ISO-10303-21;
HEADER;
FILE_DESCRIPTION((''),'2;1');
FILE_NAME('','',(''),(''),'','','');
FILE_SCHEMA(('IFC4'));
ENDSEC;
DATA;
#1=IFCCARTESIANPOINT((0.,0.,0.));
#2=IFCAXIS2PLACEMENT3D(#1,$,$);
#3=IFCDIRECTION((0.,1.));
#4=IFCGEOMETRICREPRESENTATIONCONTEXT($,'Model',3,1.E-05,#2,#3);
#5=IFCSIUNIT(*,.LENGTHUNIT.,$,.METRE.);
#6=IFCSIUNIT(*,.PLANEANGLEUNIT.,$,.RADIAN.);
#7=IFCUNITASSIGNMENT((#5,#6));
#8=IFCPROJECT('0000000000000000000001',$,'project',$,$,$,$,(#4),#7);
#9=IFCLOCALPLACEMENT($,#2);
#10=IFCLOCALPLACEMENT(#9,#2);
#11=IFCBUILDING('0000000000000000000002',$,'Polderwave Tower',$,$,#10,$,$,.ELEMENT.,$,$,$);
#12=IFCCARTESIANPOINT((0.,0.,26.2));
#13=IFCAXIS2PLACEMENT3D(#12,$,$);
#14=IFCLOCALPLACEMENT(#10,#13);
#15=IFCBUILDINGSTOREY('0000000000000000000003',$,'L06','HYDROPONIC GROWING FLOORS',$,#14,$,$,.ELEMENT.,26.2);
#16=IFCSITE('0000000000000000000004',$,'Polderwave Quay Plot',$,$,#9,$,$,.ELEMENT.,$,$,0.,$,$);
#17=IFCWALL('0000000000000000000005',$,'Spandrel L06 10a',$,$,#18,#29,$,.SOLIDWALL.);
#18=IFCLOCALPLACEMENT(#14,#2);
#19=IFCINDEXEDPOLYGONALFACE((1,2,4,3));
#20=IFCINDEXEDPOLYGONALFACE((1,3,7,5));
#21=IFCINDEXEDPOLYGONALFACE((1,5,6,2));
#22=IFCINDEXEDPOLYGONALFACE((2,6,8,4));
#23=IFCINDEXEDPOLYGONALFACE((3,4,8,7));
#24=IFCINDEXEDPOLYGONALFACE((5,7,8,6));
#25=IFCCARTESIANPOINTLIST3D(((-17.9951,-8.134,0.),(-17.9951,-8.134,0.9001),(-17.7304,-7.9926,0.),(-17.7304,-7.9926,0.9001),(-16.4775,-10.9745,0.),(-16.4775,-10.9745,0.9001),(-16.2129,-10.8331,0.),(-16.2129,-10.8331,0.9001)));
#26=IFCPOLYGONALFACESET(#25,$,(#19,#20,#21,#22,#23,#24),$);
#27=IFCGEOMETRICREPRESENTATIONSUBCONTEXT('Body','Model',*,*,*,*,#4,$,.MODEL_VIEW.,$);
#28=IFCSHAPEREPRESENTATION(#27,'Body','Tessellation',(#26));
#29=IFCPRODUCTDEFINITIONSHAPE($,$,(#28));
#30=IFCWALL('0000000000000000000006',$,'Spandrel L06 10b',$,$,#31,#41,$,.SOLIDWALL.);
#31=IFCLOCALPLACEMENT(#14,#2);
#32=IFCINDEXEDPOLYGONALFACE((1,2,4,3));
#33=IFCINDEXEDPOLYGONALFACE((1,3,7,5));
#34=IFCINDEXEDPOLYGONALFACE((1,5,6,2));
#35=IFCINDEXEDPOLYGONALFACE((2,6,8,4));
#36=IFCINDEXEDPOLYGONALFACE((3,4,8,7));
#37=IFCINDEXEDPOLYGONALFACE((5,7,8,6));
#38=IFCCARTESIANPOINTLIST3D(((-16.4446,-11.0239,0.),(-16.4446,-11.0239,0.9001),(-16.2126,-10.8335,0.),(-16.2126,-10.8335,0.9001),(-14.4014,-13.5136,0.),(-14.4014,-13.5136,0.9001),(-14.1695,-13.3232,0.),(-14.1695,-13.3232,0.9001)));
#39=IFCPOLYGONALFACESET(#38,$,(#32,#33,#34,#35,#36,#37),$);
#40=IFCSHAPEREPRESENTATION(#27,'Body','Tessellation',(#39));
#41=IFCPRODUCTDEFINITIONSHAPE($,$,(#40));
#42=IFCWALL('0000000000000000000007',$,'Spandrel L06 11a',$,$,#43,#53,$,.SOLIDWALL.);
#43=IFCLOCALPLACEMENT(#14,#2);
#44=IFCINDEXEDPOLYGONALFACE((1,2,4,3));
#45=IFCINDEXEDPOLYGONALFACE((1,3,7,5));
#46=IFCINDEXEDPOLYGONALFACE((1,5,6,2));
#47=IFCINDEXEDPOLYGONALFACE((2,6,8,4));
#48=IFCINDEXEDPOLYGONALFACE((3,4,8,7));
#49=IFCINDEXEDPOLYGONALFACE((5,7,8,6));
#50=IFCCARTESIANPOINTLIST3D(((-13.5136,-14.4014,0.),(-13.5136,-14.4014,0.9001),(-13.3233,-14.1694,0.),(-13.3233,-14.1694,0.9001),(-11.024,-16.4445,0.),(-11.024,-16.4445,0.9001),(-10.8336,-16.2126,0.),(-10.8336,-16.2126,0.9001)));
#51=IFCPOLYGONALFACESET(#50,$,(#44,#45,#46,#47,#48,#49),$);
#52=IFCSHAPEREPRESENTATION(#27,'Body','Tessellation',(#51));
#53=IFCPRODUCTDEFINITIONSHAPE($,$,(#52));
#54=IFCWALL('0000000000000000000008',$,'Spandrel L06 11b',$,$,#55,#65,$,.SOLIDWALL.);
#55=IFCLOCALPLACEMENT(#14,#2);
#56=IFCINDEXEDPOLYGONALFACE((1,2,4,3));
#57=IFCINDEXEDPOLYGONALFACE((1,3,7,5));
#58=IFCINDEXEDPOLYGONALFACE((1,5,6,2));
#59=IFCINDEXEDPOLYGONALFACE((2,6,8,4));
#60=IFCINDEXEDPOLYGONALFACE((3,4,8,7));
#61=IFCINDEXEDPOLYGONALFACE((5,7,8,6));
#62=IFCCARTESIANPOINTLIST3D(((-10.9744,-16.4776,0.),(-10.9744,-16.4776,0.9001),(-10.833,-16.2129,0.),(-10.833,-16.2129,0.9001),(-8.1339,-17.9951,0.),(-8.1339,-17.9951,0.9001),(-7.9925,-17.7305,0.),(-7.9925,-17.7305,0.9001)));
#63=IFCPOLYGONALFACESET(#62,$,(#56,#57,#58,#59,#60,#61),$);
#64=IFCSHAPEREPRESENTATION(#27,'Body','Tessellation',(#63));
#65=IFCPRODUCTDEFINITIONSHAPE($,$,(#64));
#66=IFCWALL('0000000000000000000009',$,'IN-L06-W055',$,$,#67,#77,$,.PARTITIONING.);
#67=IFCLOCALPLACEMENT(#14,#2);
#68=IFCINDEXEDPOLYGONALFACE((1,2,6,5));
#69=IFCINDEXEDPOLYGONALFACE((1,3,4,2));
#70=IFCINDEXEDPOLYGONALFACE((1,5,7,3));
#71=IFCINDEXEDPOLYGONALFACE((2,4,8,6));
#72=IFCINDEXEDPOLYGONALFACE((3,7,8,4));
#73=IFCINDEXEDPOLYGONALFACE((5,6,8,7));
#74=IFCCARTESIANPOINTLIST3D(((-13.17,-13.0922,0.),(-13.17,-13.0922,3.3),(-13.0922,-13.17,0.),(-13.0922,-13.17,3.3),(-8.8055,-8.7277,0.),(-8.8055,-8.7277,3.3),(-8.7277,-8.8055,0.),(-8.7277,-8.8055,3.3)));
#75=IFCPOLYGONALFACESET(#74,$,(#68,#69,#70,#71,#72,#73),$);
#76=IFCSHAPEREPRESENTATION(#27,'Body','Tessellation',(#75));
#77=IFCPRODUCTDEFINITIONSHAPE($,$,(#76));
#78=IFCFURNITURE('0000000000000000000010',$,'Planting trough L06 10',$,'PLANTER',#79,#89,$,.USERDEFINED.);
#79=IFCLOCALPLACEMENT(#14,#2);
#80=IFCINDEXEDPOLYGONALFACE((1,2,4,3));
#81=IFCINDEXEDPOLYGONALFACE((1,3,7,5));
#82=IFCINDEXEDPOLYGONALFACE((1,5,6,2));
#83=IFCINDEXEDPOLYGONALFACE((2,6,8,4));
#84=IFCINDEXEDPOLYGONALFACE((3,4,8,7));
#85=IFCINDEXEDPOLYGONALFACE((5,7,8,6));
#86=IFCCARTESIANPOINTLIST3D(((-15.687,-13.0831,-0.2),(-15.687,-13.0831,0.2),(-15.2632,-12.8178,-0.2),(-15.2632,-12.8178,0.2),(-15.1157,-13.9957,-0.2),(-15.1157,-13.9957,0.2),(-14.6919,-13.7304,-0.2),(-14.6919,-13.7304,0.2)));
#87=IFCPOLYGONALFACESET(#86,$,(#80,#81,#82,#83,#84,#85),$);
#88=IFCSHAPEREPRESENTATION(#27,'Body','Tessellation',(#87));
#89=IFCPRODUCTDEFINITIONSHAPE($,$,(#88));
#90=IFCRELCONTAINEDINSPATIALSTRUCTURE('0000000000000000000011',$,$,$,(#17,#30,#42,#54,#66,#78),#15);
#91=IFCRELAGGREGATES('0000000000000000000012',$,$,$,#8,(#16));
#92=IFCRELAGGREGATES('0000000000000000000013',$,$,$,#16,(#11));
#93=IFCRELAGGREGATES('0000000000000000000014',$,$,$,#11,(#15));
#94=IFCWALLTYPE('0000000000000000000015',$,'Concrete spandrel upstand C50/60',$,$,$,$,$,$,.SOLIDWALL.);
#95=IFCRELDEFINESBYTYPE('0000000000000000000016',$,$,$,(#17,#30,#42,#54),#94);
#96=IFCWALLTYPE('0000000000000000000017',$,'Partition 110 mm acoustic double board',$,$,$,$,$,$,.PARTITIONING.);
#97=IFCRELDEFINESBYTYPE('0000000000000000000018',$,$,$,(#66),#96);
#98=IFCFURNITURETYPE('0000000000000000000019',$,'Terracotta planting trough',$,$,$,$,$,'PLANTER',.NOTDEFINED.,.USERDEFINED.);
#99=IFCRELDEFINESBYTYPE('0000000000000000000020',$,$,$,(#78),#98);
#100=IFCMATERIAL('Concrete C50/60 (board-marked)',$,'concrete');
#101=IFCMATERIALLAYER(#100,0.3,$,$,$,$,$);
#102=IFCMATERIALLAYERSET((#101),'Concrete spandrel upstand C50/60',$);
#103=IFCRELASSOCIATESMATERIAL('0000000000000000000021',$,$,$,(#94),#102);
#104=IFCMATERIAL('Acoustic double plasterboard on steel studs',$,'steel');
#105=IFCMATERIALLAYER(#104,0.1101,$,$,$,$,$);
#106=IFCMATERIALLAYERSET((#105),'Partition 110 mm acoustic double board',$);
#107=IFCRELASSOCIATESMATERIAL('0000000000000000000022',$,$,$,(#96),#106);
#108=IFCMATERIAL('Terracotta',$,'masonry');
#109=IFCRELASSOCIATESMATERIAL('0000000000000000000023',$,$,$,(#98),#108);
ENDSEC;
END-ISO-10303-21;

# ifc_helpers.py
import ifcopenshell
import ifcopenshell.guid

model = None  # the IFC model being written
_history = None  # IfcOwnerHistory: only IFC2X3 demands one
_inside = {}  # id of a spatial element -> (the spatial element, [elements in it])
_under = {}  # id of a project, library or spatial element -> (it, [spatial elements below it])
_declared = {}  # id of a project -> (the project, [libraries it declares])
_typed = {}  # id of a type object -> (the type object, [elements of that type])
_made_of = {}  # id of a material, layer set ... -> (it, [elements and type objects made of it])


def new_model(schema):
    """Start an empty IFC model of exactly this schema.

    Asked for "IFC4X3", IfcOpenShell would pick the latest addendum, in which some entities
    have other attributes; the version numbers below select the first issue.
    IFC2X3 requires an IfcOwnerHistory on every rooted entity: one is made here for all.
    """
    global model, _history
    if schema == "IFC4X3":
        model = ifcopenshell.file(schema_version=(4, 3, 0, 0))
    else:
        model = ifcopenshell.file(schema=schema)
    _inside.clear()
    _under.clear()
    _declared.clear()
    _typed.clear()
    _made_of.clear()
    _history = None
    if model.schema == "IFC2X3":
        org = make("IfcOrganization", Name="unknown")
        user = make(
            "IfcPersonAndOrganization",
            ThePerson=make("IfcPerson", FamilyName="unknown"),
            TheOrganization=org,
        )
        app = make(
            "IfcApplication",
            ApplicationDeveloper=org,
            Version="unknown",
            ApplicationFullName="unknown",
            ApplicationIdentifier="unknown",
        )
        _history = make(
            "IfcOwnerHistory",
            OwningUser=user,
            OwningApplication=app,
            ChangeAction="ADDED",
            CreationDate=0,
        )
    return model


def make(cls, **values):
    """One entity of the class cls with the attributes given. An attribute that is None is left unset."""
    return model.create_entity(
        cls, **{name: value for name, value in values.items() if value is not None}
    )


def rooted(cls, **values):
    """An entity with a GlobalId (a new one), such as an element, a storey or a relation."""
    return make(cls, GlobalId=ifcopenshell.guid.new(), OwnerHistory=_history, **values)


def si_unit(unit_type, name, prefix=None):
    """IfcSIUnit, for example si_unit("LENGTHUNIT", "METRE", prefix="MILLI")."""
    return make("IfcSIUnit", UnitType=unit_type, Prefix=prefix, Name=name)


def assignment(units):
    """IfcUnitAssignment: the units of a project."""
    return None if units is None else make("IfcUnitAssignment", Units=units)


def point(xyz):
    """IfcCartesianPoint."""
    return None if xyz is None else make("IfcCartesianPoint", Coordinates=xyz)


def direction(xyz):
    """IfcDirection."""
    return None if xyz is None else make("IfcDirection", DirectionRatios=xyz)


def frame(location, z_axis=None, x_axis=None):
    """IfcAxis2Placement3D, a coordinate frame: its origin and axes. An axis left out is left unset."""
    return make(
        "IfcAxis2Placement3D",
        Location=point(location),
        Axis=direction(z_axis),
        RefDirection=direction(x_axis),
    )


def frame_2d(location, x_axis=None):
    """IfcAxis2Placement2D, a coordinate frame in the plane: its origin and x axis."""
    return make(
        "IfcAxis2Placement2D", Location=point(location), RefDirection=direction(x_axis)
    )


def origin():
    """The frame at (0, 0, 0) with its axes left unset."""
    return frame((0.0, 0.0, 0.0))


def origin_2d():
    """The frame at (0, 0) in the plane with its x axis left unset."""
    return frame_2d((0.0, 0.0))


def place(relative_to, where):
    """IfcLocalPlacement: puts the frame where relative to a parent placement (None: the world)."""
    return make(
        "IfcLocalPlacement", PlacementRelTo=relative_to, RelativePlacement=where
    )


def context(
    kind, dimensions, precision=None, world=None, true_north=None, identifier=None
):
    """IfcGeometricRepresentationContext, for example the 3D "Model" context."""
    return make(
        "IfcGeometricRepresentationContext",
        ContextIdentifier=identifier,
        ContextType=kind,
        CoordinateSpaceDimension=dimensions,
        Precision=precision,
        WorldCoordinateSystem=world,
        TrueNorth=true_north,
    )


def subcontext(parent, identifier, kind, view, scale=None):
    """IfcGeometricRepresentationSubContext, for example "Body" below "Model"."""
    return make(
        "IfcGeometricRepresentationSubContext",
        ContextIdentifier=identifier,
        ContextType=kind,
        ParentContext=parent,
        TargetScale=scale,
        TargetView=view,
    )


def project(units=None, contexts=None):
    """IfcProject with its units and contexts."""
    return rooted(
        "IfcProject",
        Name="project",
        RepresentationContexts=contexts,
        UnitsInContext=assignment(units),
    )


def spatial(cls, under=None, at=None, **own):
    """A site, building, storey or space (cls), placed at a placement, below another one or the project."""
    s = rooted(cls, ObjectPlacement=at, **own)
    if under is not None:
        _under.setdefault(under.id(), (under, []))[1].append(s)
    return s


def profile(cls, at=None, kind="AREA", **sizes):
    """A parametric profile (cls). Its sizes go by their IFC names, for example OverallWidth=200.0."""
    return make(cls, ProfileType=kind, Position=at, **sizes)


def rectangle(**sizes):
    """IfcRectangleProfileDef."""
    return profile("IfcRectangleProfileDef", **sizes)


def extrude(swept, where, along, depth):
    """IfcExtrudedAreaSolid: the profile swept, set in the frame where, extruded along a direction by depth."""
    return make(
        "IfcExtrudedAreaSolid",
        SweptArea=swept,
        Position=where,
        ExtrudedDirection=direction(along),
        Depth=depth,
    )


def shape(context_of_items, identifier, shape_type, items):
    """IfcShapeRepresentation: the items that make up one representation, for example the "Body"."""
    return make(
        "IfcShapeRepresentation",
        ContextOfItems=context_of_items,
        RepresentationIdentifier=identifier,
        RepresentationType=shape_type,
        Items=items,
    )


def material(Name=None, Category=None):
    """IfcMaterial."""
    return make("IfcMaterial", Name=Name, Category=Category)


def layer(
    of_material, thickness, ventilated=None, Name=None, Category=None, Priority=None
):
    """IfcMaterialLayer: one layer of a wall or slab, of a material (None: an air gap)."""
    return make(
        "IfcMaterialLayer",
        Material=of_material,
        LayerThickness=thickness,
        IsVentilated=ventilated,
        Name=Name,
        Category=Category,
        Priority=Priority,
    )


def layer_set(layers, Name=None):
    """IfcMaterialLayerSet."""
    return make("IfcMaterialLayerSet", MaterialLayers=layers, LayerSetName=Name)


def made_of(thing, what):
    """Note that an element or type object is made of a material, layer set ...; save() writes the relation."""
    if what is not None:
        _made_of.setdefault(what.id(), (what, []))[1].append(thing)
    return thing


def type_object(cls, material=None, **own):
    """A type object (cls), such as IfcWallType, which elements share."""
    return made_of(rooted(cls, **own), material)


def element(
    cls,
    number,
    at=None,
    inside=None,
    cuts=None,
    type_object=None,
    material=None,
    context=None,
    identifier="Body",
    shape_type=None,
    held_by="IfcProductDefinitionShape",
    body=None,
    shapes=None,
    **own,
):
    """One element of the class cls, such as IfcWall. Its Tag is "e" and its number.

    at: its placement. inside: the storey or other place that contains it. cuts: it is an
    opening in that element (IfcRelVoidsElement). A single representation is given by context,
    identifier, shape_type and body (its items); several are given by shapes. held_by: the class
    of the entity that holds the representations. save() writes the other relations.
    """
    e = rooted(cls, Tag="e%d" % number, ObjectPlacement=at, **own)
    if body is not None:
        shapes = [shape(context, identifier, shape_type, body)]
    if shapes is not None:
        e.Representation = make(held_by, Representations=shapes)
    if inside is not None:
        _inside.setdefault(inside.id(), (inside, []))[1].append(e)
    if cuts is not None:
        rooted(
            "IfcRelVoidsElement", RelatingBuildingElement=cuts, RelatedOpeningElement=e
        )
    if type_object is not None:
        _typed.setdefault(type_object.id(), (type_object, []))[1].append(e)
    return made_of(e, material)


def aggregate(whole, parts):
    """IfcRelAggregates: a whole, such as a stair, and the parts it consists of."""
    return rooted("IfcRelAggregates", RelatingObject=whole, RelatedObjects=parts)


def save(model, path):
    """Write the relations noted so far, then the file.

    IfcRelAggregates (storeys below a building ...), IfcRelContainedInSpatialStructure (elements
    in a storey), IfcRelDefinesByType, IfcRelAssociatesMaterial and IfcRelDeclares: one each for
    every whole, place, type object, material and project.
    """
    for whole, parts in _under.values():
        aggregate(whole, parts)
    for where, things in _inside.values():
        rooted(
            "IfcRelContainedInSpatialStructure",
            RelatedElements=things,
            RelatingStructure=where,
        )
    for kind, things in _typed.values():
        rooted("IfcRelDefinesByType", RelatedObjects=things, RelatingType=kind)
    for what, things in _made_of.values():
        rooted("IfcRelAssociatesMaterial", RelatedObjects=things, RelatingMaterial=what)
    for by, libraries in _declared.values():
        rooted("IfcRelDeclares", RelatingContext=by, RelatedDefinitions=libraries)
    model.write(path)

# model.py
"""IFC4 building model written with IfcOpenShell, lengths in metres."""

from ifc_helpers import new_model, si_unit, direction, frame, frame_2d, origin, origin_2d, place, context, subcontext, project, spatial, rectangle, extrude, material, layer, layer_set, type_object, element, save


model = new_model("IFC4")

# Units and contexts
model_context = context("Model", 3, precision=1e-05, world=origin(), true_north=direction((0.0, 1.0)))
body_context = subcontext(model_context, "Body", "Model", "MODEL_VIEW")
ifc_project = project(units=[si_unit("LENGTHUNIT", "METRE"), si_unit("PLANEANGLEUNIT", "RADIAN")], contexts=[model_context])

# Site, building, storey
site_placement = place(None, origin())
site = spatial("IfcSite", under=ifc_project, at=site_placement, Name="Polderwave Quay Plot", CompositionType="ELEMENT", RefElevation=0.0)
building_placement = place(site_placement, origin())
building = spatial("IfcBuilding", under=site, at=building_placement, Name="Polderwave Tower", CompositionType="ELEMENT")
storey_placement = place(building_placement, frame((0.0, 0.0, 26.2)))
storey = spatial("IfcBuildingStorey", under=building, at=storey_placement, Name="L06", Description="HYDROPONIC GROWING FLOORS", CompositionType="ELEMENT", Elevation=26.2)

# Walls
ifc_material_1 = material(Name="Concrete C50/60 (board-marked)", Category="concrete")
ifc_layer_1 = layer(ifc_material_1, 0.3)
ifc_layer_set_1 = layer_set([ifc_layer_1], Name="Concrete spandrel upstand C50/60")
wall_type_1 = type_object("IfcWallType", Name="Concrete spandrel upstand C50/60", PredefinedType="SOLIDWALL", material=ifc_layer_set_1)
wall_1_placement = place(storey_placement, frame((-17.8628, -8.0632, 0.0), z_axis=(0.0, 0.0, 1.0), x_axis=(0.471218, -0.882017, 0.0)))
element("IfcWall", 1, at=wall_1_placement, inside=storey, type_object=wall_type_1, Name="Spandrel L06 10a", PredefinedType="SOLIDWALL", context=body_context, shape_type="SweptSolid", body=[
    extrude(rectangle(XDim=3.2205, YDim=0.3, at=frame_2d((1.6104, 0.0))), origin(), (0.0, 0.0, 1.0), 0.9001),
])
for number, where, z_axis, x_axis, name in (
    (2, (-16.3286, -10.9287, 0.0), (0.0, 0.0, 1.0), (0.63438, -0.773021, 0.0), "Spandrel L06 10b"),
    (3, (-13.4185, -14.2854, 0.0), (0.0, 0.0, 1.0), (0.773021, -0.63438, 0.0), "Spandrel L06 11a"),
):
    element("IfcWall", number, at=place(storey_placement, frame(where, z_axis=z_axis, x_axis=x_axis)), inside=storey, type_object=wall_type_1, Name=name, PredefinedType="SOLIDWALL", context=body_context, shape_type="SweptSolid", body=[
        extrude(rectangle(XDim=3.2207, YDim=0.3, at=frame_2d((1.6104, 0.0))), origin(), (0.0, 0.0, 1.0), 0.9001),
    ])
wall_2_placement = place(storey_placement, frame((-10.9038, -16.3452, 0.0), z_axis=(0.0, 0.0, 1.0), x_axis=(0.882017, -0.471218, 0.0)))
element("IfcWall", 4, at=wall_2_placement, inside=storey, type_object=wall_type_1, Name="Spandrel L06 11b", PredefinedType="SOLIDWALL", context=body_context, shape_type="SweptSolid", body=[
    extrude(rectangle(XDim=3.2205, YDim=0.3, at=frame_2d((1.6104, 0.0))), origin(), (0.0, 0.0, 1.0), 0.9001),
])
ifc_material_2 = material(Name="Acoustic double plasterboard on steel studs", Category="steel")
ifc_layer_2 = layer(ifc_material_2, 0.1101)
ifc_layer_set_2 = layer_set([ifc_layer_2], Name="Partition 110 mm acoustic double board")
wall_type_2 = type_object("IfcWallType", Name="Partition 110 mm acoustic double board", PredefinedType="PARTITIONING", material=ifc_layer_set_2)
wall_3_placement = place(storey_placement, frame((-13.1311, -13.1311, 0.0), z_axis=(0.0, 0.0, 1.0), x_axis=(0.707107, 0.707107, 0.0)))
element("IfcWall", 5, at=wall_3_placement, inside=storey, type_object=wall_type_2, Name="IN-L06-W055", PredefinedType="PARTITIONING", context=body_context, shape_type="SweptSolid", body=[
    extrude(rectangle(XDim=6.1724, YDim=0.1101, at=frame_2d((3.0862, 0.0))), origin(), (0.0, 0.0, 1.0), 3.3),
])

# Furniture
ifc_material_3 = material(Name="Terracotta", Category="masonry")
furniture_type = type_object("IfcFurnitureType", Name="Terracotta planting trough", ElementType="PLANTER", AssemblyPlace="NOTDEFINED", PredefinedType="USERDEFINED", material=ifc_material_3)
furniture_placement = place(storey_placement, frame((-15.1895, -13.4067, -0.2), z_axis=(0.0, 0.0, 1.0), x_axis=(0.530591, -0.847628, 0.0)))
element("IfcFurniture", 6, at=furniture_placement, inside=storey, type_object=furniture_type, Name="Planting trough L06 10", ObjectType="PLANTER", PredefinedType="USERDEFINED", context=body_context, shape_type="SweptSolid", body=[
    extrude(rectangle(XDim=1.0767, YDim=0.5, at=origin_2d()), origin(), (0.0, 0.0, 1.0), 0.3999),
])

save(model, "model.ifc")
